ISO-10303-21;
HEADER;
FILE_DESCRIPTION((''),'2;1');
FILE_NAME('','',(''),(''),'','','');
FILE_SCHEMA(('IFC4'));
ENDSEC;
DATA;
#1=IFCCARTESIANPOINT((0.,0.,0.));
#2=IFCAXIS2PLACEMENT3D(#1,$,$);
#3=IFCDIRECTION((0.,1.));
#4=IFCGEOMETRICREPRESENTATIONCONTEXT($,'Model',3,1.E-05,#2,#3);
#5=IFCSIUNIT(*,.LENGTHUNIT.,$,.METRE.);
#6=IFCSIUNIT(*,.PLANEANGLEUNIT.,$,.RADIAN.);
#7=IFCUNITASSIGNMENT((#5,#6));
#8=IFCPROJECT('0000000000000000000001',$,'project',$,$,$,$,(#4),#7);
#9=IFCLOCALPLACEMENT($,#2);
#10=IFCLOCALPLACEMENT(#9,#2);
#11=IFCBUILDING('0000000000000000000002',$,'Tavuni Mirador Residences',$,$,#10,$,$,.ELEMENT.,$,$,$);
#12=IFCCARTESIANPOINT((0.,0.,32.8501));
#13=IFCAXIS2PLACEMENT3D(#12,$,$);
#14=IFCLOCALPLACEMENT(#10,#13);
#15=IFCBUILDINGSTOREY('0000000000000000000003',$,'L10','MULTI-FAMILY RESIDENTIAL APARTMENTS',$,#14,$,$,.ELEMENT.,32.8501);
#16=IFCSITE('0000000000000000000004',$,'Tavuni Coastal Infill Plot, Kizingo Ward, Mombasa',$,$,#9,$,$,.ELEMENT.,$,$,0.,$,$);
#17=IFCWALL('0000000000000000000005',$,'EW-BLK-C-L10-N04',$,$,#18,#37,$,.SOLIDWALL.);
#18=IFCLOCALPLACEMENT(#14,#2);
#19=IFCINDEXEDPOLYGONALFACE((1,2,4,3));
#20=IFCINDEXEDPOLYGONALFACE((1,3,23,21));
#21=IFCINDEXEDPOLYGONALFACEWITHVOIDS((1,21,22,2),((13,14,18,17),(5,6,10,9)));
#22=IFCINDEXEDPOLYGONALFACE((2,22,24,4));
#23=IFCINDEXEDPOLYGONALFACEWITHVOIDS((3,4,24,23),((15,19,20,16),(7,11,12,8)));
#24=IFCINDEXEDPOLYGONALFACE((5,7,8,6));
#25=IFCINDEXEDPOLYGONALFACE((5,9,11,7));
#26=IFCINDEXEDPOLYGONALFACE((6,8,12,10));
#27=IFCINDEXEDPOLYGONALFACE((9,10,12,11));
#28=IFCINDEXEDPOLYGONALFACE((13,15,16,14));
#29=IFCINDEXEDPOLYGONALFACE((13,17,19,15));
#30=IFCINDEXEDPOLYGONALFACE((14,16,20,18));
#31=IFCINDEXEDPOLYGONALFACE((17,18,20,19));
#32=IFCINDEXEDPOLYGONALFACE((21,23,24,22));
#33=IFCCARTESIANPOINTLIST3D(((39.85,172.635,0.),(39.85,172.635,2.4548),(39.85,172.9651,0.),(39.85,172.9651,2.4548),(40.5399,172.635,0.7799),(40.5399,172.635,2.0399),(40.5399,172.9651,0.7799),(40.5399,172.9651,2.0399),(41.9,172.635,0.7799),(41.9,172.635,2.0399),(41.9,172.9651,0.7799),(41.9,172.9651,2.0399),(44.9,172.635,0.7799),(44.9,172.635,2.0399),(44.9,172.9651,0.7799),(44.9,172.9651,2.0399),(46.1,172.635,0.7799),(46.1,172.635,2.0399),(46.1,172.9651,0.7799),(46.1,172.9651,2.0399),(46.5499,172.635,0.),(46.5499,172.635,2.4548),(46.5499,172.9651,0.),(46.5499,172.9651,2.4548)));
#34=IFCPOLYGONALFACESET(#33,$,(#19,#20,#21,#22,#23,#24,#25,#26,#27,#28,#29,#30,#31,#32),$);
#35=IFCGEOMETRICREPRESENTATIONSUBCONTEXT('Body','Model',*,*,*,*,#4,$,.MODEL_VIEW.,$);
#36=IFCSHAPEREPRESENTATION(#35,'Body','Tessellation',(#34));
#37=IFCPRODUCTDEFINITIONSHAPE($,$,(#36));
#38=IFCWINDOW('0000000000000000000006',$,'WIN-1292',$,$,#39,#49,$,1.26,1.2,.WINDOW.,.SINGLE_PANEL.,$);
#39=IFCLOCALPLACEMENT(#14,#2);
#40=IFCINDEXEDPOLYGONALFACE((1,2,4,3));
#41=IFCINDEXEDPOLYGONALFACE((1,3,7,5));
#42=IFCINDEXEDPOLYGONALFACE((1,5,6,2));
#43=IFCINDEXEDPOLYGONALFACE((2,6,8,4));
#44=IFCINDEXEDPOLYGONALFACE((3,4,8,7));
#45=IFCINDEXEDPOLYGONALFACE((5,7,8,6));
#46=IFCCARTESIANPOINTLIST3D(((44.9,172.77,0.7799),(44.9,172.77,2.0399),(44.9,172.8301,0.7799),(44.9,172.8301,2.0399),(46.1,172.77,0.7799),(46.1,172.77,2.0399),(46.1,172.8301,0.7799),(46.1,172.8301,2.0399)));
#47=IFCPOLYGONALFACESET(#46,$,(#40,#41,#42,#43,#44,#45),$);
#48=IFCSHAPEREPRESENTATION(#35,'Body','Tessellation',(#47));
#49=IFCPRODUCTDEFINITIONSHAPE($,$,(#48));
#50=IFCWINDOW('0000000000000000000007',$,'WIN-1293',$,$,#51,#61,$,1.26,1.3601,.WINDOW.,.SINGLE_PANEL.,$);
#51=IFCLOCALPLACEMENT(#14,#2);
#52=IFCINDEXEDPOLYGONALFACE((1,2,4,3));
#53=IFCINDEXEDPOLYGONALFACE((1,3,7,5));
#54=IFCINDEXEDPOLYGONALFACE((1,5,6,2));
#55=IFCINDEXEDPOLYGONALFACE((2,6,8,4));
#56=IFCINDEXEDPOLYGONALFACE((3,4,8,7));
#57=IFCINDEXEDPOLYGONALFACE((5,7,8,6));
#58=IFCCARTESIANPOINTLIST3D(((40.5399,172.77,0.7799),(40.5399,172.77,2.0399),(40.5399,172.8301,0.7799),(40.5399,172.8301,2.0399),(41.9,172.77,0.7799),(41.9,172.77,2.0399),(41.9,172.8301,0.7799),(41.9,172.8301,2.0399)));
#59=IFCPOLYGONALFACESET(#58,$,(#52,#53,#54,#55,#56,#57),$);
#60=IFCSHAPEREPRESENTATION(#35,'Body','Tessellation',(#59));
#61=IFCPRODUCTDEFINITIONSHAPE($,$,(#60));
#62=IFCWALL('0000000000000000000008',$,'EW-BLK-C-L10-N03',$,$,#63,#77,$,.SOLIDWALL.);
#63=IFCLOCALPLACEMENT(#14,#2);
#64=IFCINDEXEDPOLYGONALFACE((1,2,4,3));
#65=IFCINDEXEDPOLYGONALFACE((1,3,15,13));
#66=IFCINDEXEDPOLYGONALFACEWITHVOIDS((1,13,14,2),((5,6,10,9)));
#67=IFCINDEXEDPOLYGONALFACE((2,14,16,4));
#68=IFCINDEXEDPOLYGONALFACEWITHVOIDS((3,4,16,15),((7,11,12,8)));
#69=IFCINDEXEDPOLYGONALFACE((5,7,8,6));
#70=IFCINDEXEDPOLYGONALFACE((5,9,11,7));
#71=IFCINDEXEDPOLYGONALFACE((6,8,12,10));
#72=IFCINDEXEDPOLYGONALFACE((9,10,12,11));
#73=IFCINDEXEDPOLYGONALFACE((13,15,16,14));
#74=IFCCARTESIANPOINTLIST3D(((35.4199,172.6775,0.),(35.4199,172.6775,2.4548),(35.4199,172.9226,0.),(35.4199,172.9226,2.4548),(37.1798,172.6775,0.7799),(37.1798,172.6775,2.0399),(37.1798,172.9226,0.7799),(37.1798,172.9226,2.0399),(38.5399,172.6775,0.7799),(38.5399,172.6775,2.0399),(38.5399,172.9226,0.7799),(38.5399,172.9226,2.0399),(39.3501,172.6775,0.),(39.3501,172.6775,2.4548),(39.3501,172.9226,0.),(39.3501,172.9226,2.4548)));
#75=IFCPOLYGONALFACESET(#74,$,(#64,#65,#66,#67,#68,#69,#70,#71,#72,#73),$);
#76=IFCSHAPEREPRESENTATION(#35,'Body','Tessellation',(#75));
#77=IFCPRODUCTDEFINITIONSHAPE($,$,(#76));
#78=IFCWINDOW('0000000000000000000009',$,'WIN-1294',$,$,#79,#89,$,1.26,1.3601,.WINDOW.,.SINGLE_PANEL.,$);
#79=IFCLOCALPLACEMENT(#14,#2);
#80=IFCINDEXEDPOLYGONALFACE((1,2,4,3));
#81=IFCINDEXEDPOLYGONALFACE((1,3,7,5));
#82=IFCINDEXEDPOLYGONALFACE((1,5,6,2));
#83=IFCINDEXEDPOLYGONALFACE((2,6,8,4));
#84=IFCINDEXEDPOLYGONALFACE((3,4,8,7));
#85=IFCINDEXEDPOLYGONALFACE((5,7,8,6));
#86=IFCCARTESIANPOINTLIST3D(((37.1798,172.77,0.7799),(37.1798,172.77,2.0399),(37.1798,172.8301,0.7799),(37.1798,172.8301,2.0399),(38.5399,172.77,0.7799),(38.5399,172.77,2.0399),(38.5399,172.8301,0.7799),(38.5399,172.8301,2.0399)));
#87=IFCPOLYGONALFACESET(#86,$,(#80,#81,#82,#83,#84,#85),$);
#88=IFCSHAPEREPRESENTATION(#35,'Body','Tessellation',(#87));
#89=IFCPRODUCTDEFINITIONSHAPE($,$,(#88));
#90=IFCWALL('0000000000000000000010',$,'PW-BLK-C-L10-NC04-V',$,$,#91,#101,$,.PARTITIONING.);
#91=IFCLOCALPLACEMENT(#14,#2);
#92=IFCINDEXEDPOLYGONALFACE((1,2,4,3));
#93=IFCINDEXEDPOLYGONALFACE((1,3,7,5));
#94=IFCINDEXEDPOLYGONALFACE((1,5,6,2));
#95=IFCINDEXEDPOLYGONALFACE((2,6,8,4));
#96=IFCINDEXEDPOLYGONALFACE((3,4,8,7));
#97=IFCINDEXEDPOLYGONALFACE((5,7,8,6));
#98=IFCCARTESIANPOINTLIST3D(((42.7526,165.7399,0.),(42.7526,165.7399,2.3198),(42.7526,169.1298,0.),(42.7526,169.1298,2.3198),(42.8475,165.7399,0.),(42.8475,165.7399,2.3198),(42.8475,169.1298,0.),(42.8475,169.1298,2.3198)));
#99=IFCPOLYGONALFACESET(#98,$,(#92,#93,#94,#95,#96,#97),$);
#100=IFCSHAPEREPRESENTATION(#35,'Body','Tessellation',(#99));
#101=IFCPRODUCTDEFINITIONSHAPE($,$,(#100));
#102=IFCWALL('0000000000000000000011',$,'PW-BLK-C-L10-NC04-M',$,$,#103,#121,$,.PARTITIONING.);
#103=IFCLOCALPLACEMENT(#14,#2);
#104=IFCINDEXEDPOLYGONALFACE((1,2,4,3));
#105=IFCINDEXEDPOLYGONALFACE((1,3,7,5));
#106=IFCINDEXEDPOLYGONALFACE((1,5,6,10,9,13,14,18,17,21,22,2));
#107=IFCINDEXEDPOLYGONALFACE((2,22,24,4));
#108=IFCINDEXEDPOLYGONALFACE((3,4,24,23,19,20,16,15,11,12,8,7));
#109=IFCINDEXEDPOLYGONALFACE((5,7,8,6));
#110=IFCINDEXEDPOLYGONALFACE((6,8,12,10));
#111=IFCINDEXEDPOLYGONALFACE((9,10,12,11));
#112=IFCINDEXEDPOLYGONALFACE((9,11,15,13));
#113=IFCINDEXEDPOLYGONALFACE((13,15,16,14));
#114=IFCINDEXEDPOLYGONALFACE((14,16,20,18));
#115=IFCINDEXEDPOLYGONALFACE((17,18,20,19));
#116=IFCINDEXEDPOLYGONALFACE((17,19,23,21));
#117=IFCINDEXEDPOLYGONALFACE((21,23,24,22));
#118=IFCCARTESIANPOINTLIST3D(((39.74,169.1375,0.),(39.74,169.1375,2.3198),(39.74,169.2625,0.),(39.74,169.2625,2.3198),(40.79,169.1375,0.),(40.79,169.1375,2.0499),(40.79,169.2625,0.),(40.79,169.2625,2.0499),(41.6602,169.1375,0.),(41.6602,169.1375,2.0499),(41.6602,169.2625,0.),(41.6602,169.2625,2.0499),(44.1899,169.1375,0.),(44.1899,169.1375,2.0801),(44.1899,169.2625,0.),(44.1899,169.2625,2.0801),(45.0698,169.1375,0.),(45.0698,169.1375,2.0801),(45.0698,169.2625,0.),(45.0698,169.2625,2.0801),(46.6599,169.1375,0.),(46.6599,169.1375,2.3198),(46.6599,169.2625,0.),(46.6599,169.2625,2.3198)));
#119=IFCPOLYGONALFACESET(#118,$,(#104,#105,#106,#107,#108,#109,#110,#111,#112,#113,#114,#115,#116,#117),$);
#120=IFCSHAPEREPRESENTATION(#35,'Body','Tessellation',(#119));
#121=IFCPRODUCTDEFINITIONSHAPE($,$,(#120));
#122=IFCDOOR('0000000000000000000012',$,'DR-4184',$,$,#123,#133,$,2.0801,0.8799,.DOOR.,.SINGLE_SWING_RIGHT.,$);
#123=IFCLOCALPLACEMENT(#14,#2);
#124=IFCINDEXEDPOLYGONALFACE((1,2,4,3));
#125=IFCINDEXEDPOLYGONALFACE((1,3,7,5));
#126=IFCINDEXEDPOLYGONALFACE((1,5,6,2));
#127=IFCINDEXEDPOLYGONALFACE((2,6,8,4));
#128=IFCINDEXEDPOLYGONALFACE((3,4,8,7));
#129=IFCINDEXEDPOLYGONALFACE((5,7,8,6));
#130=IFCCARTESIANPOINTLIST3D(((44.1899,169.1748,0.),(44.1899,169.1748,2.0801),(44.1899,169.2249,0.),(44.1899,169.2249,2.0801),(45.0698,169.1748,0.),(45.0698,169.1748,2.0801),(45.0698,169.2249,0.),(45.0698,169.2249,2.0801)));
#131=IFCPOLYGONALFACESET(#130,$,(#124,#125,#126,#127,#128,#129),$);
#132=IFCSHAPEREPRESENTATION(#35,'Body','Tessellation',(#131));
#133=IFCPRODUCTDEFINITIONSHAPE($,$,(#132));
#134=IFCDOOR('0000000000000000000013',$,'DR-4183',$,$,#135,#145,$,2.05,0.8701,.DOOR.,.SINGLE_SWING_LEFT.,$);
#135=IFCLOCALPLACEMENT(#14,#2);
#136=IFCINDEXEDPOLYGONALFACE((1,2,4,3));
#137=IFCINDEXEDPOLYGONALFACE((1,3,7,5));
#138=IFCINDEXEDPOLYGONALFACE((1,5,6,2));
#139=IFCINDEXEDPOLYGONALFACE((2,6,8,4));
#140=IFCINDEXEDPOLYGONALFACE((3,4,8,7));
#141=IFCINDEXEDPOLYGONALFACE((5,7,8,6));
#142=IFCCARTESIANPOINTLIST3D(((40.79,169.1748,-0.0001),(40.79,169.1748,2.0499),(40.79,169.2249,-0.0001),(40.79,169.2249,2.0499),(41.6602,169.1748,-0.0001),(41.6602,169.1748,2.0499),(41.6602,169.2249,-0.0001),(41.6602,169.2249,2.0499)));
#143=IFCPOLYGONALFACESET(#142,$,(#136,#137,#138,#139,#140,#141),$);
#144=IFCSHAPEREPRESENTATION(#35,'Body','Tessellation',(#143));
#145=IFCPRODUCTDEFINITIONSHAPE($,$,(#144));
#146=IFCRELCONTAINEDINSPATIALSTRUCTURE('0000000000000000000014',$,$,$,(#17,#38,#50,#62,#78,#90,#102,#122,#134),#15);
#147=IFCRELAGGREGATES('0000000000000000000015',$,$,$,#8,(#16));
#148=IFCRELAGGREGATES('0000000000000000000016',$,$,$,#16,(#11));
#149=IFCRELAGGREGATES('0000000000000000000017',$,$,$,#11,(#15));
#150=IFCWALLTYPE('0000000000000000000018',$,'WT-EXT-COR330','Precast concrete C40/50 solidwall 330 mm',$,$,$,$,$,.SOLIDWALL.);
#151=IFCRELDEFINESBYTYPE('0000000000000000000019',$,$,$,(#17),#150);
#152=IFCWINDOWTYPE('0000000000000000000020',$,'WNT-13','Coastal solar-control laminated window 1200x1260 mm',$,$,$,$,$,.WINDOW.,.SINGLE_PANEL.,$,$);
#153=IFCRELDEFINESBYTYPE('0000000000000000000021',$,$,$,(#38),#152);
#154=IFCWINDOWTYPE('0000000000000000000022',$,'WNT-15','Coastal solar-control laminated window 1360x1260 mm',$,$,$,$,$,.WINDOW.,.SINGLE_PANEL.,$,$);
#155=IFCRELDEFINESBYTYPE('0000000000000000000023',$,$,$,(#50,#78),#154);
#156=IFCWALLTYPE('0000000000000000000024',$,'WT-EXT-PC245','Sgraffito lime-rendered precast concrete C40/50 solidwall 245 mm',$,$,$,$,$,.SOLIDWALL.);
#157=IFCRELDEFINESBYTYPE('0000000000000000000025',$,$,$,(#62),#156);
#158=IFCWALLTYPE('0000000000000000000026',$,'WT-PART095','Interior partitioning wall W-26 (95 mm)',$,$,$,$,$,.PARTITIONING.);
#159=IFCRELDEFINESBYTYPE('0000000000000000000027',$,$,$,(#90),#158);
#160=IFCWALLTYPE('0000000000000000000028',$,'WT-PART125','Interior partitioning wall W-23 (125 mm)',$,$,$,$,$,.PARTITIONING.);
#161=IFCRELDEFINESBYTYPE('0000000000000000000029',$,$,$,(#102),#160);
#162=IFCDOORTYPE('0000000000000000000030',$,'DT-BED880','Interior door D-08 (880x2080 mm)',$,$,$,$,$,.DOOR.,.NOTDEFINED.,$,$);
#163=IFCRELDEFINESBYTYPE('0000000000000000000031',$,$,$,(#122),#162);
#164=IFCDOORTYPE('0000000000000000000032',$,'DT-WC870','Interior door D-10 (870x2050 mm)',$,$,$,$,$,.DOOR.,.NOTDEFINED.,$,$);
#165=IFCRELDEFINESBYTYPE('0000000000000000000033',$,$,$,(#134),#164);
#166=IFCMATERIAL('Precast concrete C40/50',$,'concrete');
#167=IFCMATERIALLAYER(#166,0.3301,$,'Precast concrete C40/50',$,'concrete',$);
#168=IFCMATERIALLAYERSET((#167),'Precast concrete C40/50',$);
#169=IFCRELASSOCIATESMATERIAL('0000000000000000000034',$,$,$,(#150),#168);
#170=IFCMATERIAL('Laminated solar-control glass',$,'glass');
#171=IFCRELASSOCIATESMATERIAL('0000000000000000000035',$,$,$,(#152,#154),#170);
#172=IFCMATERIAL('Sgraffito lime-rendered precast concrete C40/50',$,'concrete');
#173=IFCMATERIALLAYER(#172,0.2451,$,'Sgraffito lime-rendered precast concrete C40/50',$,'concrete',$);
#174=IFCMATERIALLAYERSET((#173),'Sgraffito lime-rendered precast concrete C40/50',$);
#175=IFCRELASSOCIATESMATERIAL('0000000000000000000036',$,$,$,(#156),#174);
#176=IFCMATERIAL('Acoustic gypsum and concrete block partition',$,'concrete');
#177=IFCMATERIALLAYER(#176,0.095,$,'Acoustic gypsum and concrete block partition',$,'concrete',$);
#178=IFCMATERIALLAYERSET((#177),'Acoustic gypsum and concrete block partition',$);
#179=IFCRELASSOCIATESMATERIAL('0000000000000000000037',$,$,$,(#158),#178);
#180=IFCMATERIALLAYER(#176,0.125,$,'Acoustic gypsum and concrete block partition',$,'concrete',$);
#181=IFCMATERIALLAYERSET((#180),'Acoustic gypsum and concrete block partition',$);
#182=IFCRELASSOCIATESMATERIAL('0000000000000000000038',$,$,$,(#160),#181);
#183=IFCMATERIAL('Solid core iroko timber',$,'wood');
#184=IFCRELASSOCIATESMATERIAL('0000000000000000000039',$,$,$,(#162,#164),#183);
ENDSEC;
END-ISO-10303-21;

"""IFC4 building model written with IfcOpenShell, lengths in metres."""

from ifc_helpers import new_model, si_unit, direction, frame, frame_2d, origin, place, context, subcontext, project, spatial, rectangle, extrude, material, layer, layer_set, type_object, element, fill, save


model = new_model("IFC4")

# Units and contexts
model_context = context("Model", 3, precision=1e-05, world=origin(), true_north=direction((0.0, 1.0)))
body_context = subcontext(model_context, "Body", "Model", "MODEL_VIEW")
ifc_project = project(units=[si_unit("LENGTHUNIT", "METRE"), si_unit("PLANEANGLEUNIT", "RADIAN")], contexts=[model_context])

# Site, building, storey
site_placement = place(None, origin())
site = spatial("IfcSite", under=ifc_project, at=site_placement, Name="Tavuni Coastal Infill Plot, Kizingo Ward, Mombasa", CompositionType="ELEMENT", RefElevation=0.0)
building_placement = place(site_placement, origin())
building = spatial("IfcBuilding", under=site, at=building_placement, Name="Tavuni Mirador Residences", CompositionType="ELEMENT")
storey_placement = place(building_placement, frame((0.0, 0.0, 32.8501)))
storey = spatial("IfcBuildingStorey", under=building, at=storey_placement, Name="L10", Description="MULTI-FAMILY RESIDENTIAL APARTMENTS", CompositionType="ELEMENT", Elevation=32.8501)

# Shared definitions
ifc_material_1 = material(Name="Precast concrete C40/50", Category="concrete")

# Shared definitions
ifc_material_2 = material(Name="Solid core iroko timber", Category="wood")

# Wall, openings, windows
ifc_layer_1 = layer(ifc_material_1, 0.3301, Name="Precast concrete C40/50", Category="concrete")
ifc_layer_set_1 = layer_set([ifc_layer_1], Name="Precast concrete C40/50")
wall_type_1 = type_object("IfcWallType", Name="WT-EXT-COR330", Description="Precast concrete C40/50 solidwall 330 mm", PredefinedType="SOLIDWALL", material=ifc_layer_set_1)
wall_1_placement = place(storey_placement, frame((46.55, 172.8, 0.0), z_axis=(0.0, 0.0, 1.0), x_axis=(-1.0, 0.0, 0.0)))
wall_1 = element("IfcWall", 1, at=wall_1_placement, inside=storey, type_object=wall_type_1, Name="EW-BLK-C-L10-N04", PredefinedType="SOLIDWALL", context=body_context, shape_type="SweptSolid", body=[
    extrude(rectangle(XDim=6.7, YDim=0.3301, at=frame_2d((3.3501, 0.0))), origin(), (0.0, 0.0, 1.0), 2.4548),
])
opening_1_placement = place(wall_1_placement, frame((0.45, 0.0, 0.78)))
opening_1 = element("IfcOpeningElement", 2, at=opening_1_placement, cuts=wall_1, PredefinedType="OPENING", context=body_context, shape_type="SweptSolid", body=[
    extrude(rectangle(XDim=1.2, YDim=1.26, at=frame_2d((0.6001, 0.6299))), frame((0.0, 0.175, 0.0), z_axis=(0.0, -1.0, 0.0), x_axis=(1.0, 0.0, 0.0)), (0.0, 0.0, 1.0), 0.3501),
])
opening_2_placement = place(wall_1_placement, frame((4.6499, 0.0, 0.78)))
opening_2 = element("IfcOpeningElement", 3, at=opening_2_placement, cuts=wall_1, PredefinedType="OPENING", context=body_context, shape_type="SweptSolid", body=[
    extrude(rectangle(XDim=1.3601, YDim=1.26, at=frame_2d((0.6802, 0.6299))), frame((0.0, 0.175, 0.0), z_axis=(0.0, -1.0, 0.0), x_axis=(1.0, 0.0, 0.0)), (0.0, 0.0, 1.0), 0.3501),
])
ifc_material_3 = material(Name="Laminated solar-control glass", Category="glass")
window_type_1 = type_object("IfcWindowType", Name="WNT-13", Description="Coastal solar-control laminated window 1200x1260 mm", PartitioningType="SINGLE_PANEL", PredefinedType="WINDOW", material=ifc_material_3)
window_1_placement = place(opening_1_placement, origin())
window_1 = element("IfcWindow", 4, at=window_1_placement, inside=storey, type_object=window_type_1, Name="WIN-1292", OverallHeight=1.26, OverallWidth=1.2, PartitioningType="SINGLE_PANEL", PredefinedType="WINDOW", context=body_context, shape_type="SweptSolid", body=[
    extrude(rectangle(XDim=1.2, YDim=1.26, at=frame_2d((0.6001, 0.6299))), frame((0.0, 0.03, 0.0), z_axis=(0.0, -1.0, 0.0), x_axis=(1.0, 0.0, 0.0)), (0.0, 0.0, 1.0), 0.0601),
])
fill(opening_1, window_1)
window_type_2 = type_object("IfcWindowType", Name="WNT-15", Description="Coastal solar-control laminated window 1360x1260 mm", PartitioningType="SINGLE_PANEL", PredefinedType="WINDOW", material=ifc_material_3)
window_2_placement = place(opening_2_placement, origin())
window_2 = element("IfcWindow", 5, at=window_2_placement, inside=storey, type_object=window_type_2, Name="WIN-1293", OverallHeight=1.26, OverallWidth=1.3601, PartitioningType="SINGLE_PANEL", PredefinedType="WINDOW", context=body_context, shape_type="SweptSolid", body=[
    extrude(rectangle(XDim=1.3601, YDim=1.26, at=frame_2d((0.6802, 0.6299))), frame((0.0, 0.03, 0.0), z_axis=(0.0, -1.0, 0.0), x_axis=(1.0, 0.0, 0.0)), (0.0, 0.0, 1.0), 0.0601),
])
fill(opening_2, window_2)

# Wall, opening, window
ifc_material_4 = material(Name="Sgraffito lime-rendered precast concrete C40/50", Category="concrete")
ifc_layer_2 = layer(ifc_material_4, 0.2451, Name="Sgraffito lime-rendered precast concrete C40/50", Category="concrete")
ifc_layer_set_2 = layer_set([ifc_layer_2], Name="Sgraffito lime-rendered precast concrete C40/50")
wall_type_2 = type_object("IfcWallType", Name="WT-EXT-PC245", Description="Sgraffito lime-rendered precast concrete C40/50 solidwall 245 mm", PredefinedType="SOLIDWALL", material=ifc_layer_set_2)
wall_2_placement = place(storey_placement, frame((39.3501, 172.8, 0.0), z_axis=(0.0, 0.0, 1.0), x_axis=(-1.0, 0.0, 0.0)))
wall_2 = element("IfcWall", 6, at=wall_2_placement, inside=storey, type_object=wall_type_2, Name="EW-BLK-C-L10-N03", PredefinedType="SOLIDWALL", context=body_context, shape_type="SweptSolid", body=[
    extrude(rectangle(XDim=3.9302, YDim=0.2451, at=frame_2d((1.9651, 0.0))), origin(), (0.0, 0.0, 1.0), 2.4548),
])
opening_3_placement = place(wall_2_placement, frame((0.8101, 0.0, 0.78)))
opening_3 = element("IfcOpeningElement", 7, at=opening_3_placement, cuts=wall_2, PredefinedType="OPENING", context=body_context, shape_type="SweptSolid", body=[
    extrude(rectangle(XDim=1.3601, YDim=1.26, at=frame_2d((0.6802, 0.6299))), frame((0.0, 0.1326, 0.0), z_axis=(0.0, -1.0, 0.0), x_axis=(1.0, 0.0, 0.0)), (0.0, 0.0, 1.0), 0.2651),
])
window_3_placement = place(opening_3_placement, origin())
window_3 = element("IfcWindow", 8, at=window_3_placement, inside=storey, type_object=window_type_2, Name="WIN-1294", OverallHeight=1.26, OverallWidth=1.3601, PartitioningType="SINGLE_PANEL", PredefinedType="WINDOW", context=body_context, shape_type="SweptSolid", body=[
    extrude(rectangle(XDim=1.3601, YDim=1.26, at=frame_2d((0.6802, 0.6299))), frame((0.0, 0.03, 0.0), z_axis=(0.0, -1.0, 0.0), x_axis=(1.0, 0.0, 0.0)), (0.0, 0.0, 1.0), 0.0601),
])
fill(opening_3, window_3)

# Wall
ifc_material_5 = material(Name="Acoustic gypsum and concrete block partition", Category="concrete")
ifc_layer_3 = layer(ifc_material_5, 0.095, Name="Acoustic gypsum and concrete block partition", Category="concrete")
ifc_layer_set_3 = layer_set([ifc_layer_3], Name="Acoustic gypsum and concrete block partition")
wall_type_3 = type_object("IfcWallType", Name="WT-PART095", Description="Interior partitioning wall W-26 (95 mm)", PredefinedType="PARTITIONING", material=ifc_layer_set_3)
wall_3_placement = place(storey_placement, frame((42.8, 165.74, 0.0), z_axis=(0.0, 0.0, 1.0), x_axis=(0.0, 1.0, 0.0)))
element("IfcWall", 9, at=wall_3_placement, inside=storey, type_object=wall_type_3, Name="PW-BLK-C-L10-NC04-V", PredefinedType="PARTITIONING", context=body_context, shape_type="SweptSolid", body=[
    extrude(rectangle(XDim=3.3899, YDim=0.095, at=frame_2d((1.6948, 0.0))), origin(), (0.0, 0.0, 1.0), 2.3198),
])

# Wall, openings, doors
ifc_layer_4 = layer(ifc_material_5, 0.125, Name="Acoustic gypsum and concrete block partition", Category="concrete")
ifc_layer_set_4 = layer_set([ifc_layer_4], Name="Acoustic gypsum and concrete block partition")
wall_type_4 = type_object("IfcWallType", Name="WT-PART125", Description="Interior partitioning wall W-23 (125 mm)", PredefinedType="PARTITIONING", material=ifc_layer_set_4)
wall_4_placement = place(storey_placement, frame((39.74, 169.2, 0.0), z_axis=(0.0, 0.0, 1.0), x_axis=(1.0, 0.0, 0.0)))
wall_4 = element("IfcWall", 10, at=wall_4_placement, inside=storey, type_object=wall_type_4, Name="PW-BLK-C-L10-NC04-M", PredefinedType="PARTITIONING", context=body_context, shape_type="SweptSolid", body=[
    extrude(rectangle(XDim=6.9199, YDim=0.125, at=frame_2d((3.46, 0.0))), origin(), (0.0, 0.0, 1.0), 2.3198),
])
opening_4_placement = place(wall_4_placement, frame((1.05, 0.0, 0.0)))
opening_4 = element("IfcOpeningElement", 11, at=opening_4_placement, cuts=wall_4, PredefinedType="OPENING", context=body_context, shape_type="SweptSolid", body=[
    extrude(rectangle(XDim=0.8701, YDim=2.05, at=frame_2d((0.4351, 1.0249))), frame((0.0, 0.0725, 0.0), z_axis=(0.0, -1.0, 0.0), x_axis=(1.0, 0.0, 0.0)), (0.0, 0.0, 1.0), 0.145),
])
opening_5_placement = place(wall_4_placement, frame((4.45, 0.0, 0.0)))
opening_5 = element("IfcOpeningElement", 12, at=opening_5_placement, cuts=wall_4, PredefinedType="OPENING", context=body_context, shape_type="SweptSolid", body=[
    extrude(rectangle(XDim=0.8799, YDim=2.0801, at=frame_2d((0.4399, 1.04))), frame((0.0, 0.0725, 0.0), z_axis=(0.0, -1.0, 0.0), x_axis=(1.0, 0.0, 0.0)), (0.0, 0.0, 1.0), 0.145),
])
door_type_1 = type_object("IfcDoorType", Name="DT-BED880", Description="Interior door D-08 (880x2080 mm)", OperationType="NOTDEFINED", PredefinedType="DOOR", material=ifc_material_2)
door_1_placement = place(opening_5_placement, origin())
door_1 = element("IfcDoor", 13, at=door_1_placement, inside=storey, type_object=door_type_1, Name="DR-4184", OperationType="SINGLE_SWING_RIGHT", OverallHeight=2.0801, OverallWidth=0.8799, PredefinedType="DOOR", context=body_context, shape_type="SweptSolid", body=[
    extrude(rectangle(XDim=0.8799, YDim=2.0801, at=frame_2d((0.4399, 1.04))), frame((0.0, 0.0249, 0.0), z_axis=(0.0, -1.0, 0.0), x_axis=(1.0, 0.0, 0.0)), (0.0, 0.0, 1.0), 0.05),
])
fill(opening_5, door_1)
door_type_2 = type_object("IfcDoorType", Name="DT-WC870", Description="Interior door D-10 (870x2050 mm)", OperationType="NOTDEFINED", PredefinedType="DOOR", material=ifc_material_2)
door_2_placement = place(opening_4_placement, origin())
door_2 = element("IfcDoor", 14, at=door_2_placement, inside=storey, type_object=door_type_2, Name="DR-4183", OperationType="SINGLE_SWING_LEFT", OverallHeight=2.05, OverallWidth=0.8701, PredefinedType="DOOR", context=body_context, shape_type="SweptSolid", body=[
    extrude(rectangle(XDim=0.8701, YDim=2.05, at=frame_2d((0.4351, 1.0249))), frame((0.0, 0.0249, 0.0), z_axis=(0.0, -1.0, 0.0), x_axis=(1.0, 0.0, 0.0)), (0.0, 0.0, 1.0), 0.05),
])
fill(opening_4, door_2)

save(model, "model.ifc")
